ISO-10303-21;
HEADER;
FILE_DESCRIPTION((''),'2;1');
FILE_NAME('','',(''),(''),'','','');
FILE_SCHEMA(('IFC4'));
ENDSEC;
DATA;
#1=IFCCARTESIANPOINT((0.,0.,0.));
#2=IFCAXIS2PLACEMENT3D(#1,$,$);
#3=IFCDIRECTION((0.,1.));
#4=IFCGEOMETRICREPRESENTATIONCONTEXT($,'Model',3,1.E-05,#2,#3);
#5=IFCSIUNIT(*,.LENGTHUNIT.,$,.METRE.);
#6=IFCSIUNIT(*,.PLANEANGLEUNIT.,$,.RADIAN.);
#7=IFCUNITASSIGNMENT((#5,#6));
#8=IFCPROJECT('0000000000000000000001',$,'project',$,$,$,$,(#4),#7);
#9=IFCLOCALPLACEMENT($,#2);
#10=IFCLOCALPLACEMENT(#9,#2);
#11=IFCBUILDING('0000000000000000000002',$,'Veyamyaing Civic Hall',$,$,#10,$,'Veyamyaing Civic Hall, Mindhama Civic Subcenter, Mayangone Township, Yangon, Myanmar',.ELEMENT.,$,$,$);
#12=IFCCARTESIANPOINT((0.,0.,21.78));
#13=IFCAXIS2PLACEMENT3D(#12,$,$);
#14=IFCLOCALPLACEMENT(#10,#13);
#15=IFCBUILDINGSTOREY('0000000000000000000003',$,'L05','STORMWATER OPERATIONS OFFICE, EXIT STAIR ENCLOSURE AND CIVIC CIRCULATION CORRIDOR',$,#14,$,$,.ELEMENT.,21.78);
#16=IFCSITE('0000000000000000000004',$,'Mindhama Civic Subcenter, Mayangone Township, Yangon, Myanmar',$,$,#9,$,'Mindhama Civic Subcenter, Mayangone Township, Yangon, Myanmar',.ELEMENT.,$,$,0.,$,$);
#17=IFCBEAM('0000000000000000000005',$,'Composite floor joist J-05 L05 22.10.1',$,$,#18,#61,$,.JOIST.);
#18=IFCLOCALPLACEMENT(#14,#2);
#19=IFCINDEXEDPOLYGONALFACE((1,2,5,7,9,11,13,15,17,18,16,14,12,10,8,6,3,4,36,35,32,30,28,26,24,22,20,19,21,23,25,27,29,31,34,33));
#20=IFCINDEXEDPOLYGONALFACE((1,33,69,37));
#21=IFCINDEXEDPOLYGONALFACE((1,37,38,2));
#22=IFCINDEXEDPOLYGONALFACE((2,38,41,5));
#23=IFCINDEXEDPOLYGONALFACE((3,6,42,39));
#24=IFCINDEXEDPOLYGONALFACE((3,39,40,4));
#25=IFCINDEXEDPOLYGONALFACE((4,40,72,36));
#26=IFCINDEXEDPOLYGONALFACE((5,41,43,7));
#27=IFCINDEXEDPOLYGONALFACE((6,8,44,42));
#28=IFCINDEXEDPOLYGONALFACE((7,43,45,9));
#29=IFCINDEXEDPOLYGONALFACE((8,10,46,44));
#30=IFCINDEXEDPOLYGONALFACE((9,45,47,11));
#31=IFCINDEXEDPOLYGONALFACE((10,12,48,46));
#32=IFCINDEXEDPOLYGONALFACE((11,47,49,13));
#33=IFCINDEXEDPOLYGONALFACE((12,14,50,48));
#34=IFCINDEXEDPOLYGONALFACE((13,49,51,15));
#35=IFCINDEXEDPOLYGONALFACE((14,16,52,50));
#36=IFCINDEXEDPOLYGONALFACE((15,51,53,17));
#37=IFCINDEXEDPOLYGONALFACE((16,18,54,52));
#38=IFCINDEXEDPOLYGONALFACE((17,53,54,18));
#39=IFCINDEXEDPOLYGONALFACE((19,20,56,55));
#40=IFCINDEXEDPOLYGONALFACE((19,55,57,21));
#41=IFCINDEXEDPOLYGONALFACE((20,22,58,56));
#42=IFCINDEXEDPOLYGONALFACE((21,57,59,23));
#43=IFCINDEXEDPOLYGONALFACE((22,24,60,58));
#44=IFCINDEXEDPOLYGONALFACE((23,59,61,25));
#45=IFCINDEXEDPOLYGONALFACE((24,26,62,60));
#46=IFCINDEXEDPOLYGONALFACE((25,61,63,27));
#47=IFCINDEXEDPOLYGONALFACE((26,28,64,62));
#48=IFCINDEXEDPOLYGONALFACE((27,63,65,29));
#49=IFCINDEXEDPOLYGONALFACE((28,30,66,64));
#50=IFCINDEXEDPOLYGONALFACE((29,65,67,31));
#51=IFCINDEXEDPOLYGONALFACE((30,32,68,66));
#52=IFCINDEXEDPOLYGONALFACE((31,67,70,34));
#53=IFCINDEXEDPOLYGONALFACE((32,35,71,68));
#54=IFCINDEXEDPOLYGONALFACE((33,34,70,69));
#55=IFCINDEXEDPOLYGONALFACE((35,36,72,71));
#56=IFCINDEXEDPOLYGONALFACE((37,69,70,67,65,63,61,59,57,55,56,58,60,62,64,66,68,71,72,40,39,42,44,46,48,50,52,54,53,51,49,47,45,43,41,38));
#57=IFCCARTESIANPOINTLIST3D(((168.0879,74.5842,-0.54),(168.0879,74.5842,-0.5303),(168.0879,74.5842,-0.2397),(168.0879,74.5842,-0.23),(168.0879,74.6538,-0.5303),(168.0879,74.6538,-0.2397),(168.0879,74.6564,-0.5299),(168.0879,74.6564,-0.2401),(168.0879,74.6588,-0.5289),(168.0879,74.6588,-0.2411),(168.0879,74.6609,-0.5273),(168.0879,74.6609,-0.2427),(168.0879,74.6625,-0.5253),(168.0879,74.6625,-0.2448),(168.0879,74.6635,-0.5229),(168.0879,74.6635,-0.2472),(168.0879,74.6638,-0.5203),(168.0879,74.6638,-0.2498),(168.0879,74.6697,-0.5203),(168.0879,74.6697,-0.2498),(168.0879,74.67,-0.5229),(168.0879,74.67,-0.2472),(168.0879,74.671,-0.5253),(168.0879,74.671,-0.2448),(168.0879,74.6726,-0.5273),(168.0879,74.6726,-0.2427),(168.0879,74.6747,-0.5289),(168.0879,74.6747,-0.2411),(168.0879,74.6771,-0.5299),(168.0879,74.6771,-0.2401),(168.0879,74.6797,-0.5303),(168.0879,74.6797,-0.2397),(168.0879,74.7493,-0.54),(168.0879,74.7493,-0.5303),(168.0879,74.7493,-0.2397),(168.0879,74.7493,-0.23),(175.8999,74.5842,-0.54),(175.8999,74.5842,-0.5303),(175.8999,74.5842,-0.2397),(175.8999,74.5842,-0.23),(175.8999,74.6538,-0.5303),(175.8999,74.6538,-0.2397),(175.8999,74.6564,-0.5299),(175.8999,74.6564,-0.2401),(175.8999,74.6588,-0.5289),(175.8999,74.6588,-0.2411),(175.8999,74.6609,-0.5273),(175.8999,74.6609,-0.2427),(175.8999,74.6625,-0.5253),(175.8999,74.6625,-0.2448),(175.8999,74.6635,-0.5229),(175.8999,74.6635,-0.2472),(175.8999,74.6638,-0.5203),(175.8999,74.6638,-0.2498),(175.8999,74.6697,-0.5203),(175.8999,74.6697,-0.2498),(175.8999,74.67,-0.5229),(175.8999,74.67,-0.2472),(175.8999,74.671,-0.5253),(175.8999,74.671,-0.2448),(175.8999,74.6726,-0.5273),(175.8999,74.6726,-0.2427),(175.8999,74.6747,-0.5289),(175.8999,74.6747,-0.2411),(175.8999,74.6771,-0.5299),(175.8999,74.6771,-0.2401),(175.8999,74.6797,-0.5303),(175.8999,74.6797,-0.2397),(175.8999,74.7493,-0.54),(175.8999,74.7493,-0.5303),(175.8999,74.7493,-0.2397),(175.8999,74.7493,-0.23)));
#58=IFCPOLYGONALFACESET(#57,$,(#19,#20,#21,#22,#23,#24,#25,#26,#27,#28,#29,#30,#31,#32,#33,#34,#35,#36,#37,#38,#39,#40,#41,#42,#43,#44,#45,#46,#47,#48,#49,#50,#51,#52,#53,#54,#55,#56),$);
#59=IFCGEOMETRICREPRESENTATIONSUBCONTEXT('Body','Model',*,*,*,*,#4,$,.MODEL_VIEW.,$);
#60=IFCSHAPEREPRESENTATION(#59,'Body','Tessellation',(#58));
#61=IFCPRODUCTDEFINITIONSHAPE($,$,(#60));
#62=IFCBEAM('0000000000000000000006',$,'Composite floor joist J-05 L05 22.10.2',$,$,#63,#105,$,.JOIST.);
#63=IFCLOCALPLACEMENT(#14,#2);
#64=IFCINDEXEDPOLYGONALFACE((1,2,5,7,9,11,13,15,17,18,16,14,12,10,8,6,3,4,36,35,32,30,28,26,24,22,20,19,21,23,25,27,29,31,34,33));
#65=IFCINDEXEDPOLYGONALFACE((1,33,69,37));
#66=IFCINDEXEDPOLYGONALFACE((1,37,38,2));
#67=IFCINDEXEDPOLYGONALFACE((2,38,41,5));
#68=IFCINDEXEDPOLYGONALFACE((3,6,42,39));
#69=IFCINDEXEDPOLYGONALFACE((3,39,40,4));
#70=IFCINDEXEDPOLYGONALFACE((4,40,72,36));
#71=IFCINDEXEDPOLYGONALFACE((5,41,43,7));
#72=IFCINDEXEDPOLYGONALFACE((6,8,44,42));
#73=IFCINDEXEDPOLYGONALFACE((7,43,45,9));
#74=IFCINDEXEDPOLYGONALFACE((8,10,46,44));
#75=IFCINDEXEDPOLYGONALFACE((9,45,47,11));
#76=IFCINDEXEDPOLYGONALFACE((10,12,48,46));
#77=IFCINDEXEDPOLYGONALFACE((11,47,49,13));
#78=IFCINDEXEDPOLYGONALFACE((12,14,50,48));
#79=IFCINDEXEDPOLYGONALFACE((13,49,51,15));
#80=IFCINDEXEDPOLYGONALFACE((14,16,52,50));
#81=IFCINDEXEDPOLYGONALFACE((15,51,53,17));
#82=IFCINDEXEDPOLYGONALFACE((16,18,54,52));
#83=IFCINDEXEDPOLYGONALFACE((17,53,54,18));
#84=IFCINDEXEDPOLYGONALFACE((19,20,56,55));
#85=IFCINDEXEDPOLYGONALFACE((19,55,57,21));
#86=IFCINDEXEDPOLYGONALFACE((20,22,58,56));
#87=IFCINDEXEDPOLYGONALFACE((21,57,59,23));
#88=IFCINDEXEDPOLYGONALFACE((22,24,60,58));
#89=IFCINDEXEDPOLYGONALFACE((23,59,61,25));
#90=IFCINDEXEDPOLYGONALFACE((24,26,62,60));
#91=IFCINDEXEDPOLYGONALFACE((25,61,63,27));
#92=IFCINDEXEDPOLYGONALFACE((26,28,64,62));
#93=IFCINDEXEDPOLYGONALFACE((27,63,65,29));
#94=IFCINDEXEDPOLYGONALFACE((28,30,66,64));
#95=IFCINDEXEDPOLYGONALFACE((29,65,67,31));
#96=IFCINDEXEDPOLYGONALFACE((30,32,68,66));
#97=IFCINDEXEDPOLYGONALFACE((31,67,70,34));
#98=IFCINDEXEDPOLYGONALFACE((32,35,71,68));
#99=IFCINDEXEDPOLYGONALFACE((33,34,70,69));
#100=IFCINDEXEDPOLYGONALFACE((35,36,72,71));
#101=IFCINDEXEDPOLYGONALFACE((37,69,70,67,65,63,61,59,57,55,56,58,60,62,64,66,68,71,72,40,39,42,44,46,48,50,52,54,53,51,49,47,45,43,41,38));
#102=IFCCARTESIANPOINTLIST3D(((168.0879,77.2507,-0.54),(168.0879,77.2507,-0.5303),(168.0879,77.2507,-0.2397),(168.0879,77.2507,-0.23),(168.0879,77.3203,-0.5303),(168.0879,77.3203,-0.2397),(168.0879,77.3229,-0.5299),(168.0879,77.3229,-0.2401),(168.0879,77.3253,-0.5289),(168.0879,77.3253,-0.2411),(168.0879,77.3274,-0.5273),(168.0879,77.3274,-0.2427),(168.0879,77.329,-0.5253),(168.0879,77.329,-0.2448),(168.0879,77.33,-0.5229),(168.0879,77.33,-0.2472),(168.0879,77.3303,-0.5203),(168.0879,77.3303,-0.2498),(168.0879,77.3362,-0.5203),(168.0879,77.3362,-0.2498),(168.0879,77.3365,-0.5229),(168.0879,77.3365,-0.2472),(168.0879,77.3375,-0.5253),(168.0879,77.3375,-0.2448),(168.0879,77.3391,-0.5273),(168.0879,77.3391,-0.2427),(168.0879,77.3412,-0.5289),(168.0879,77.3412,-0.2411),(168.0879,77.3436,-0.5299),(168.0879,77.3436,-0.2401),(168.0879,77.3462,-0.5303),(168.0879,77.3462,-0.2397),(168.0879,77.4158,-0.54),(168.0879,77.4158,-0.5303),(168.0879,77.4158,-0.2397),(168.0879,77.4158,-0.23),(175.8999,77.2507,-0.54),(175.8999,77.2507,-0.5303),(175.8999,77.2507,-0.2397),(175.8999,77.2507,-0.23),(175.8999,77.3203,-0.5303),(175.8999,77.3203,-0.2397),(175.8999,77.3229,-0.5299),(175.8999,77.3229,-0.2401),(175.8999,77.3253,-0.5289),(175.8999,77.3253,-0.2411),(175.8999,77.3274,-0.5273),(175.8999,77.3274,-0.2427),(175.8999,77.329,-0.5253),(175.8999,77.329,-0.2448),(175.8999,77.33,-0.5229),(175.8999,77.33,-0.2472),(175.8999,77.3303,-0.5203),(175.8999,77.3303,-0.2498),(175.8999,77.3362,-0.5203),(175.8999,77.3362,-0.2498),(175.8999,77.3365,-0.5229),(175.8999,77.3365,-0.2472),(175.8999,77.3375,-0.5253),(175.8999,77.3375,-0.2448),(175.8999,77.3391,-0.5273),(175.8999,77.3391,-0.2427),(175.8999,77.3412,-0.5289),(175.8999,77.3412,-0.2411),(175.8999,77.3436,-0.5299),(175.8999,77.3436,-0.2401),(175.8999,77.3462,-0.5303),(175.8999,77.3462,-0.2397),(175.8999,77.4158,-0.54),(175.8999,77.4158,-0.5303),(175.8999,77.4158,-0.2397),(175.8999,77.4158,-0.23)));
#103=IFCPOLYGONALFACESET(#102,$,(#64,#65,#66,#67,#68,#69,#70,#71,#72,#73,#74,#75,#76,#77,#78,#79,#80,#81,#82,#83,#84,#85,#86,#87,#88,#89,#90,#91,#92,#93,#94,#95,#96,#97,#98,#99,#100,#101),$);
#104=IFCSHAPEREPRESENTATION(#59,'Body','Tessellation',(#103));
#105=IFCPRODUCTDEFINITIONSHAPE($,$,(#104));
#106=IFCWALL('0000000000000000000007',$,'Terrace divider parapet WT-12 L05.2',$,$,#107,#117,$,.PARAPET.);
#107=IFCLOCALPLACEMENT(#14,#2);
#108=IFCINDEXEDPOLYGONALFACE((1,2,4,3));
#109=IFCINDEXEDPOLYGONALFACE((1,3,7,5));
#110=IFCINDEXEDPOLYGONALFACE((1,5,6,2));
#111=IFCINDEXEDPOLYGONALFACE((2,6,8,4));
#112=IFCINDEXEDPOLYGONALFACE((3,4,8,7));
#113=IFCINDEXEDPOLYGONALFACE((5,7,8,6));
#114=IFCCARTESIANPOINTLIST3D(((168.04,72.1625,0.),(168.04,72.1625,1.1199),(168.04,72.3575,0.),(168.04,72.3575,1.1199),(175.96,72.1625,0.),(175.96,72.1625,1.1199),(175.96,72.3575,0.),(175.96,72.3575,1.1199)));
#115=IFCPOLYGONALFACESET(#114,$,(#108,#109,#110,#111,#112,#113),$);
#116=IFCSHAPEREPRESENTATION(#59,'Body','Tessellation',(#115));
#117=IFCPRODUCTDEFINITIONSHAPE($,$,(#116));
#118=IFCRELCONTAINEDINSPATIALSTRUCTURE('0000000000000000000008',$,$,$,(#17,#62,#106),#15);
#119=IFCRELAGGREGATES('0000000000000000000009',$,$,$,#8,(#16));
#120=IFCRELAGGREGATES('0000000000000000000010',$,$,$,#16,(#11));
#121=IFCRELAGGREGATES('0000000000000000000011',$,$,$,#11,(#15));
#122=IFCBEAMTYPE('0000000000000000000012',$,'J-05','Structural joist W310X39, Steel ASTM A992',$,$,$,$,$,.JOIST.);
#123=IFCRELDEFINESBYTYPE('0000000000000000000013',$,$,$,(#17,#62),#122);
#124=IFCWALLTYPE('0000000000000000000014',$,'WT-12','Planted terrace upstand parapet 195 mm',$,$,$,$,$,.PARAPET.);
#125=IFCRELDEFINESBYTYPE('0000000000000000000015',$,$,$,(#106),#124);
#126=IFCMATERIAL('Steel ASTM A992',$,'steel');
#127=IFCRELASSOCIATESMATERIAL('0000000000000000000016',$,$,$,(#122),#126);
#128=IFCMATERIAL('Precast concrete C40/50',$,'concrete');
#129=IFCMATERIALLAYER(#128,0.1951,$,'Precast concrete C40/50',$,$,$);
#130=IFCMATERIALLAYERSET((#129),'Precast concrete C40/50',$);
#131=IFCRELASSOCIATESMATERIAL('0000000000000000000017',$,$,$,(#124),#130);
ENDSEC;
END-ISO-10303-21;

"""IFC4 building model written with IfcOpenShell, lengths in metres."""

from ifc_helpers import new_model, si_unit, direction, frame, frame_2d, origin, origin_2d, place, context, subcontext, project, spatial, rectangle, i_section, extrude, material, layer, layer_set, material_profile, profile_set, type_object, element, save


model = new_model("IFC4")

# Units and contexts
model_context = context("Model", 3, precision=1e-05, world=origin(), true_north=direction((0.0, 1.0)))
body_context = subcontext(model_context, "Body", "Model", "MODEL_VIEW")
ifc_project = project(units=[si_unit("LENGTHUNIT", "METRE"), si_unit("PLANEANGLEUNIT", "RADIAN")], contexts=[model_context])

# Site, building, storey
site_placement = place(None, origin())
site = spatial("IfcSite", under=ifc_project, at=site_placement, Name="Mindhama Civic Subcenter, Mayangone Township, Yangon, Myanmar", LongName="Mindhama Civic Subcenter, Mayangone Township, Yangon, Myanmar", CompositionType="ELEMENT", RefElevation=0.0)
building_placement = place(site_placement, origin())
building = spatial("IfcBuilding", under=site, at=building_placement, Name="Veyamyaing Civic Hall", LongName="Veyamyaing Civic Hall, Mindhama Civic Subcenter, Mayangone Township, Yangon, Myanmar", CompositionType="ELEMENT")
storey_placement = place(building_placement, frame((0.0, 0.0, 21.78)))
storey = spatial("IfcBuildingStorey", under=building, at=storey_placement, Name="L05", Description="STORMWATER OPERATIONS OFFICE, EXIT STAIR ENCLOSURE AND CIVIC CIRCULATION CORRIDOR", CompositionType="ELEMENT", Elevation=21.78)

# Beams
ifc_material_1 = material(Name="Steel ASTM A992", Category="steel")
ifc_material_profile_1 = material_profile(ifc_material_1, i_section(OverallWidth=0.165, OverallDepth=0.3101, WebThickness=0.0059, FlangeThickness=0.0098, FilletRadius=0.01, at=origin_2d()), Name="W310X39")
ifc_profile_set_1 = profile_set([ifc_material_profile_1], Name="Steel ASTM A992")
beam_type_1 = type_object("IfcBeamType", Name="J-05", Description="Structural joist W310X39, Steel ASTM A992", PredefinedType="JOIST", material=ifc_profile_set_1)
for number, where, z_axis, x_axis, name in (
    (1, (168.0879, 74.6667, -0.385), (1.0, 0.0, 0.0), (0.0, 1.0, 0.0), "Composite floor joist J-05 L05 22.10.1"),
    (2, (168.0879, 77.3333, -0.385), (1.0, 0.0, 0.0), (0.0, 1.0, 0.0), "Composite floor joist J-05 L05 22.10.2"),
):
    element("IfcBeam", number, at=place(storey_placement, frame(where, z_axis=z_axis, x_axis=x_axis)), inside=storey, type_object=beam_type_1, Name=name, PredefinedType="JOIST", context=body_context, shape_type="SweptSolid", body=[
        extrude(i_section(OverallWidth=0.165, OverallDepth=0.3101, WebThickness=0.0059, FlangeThickness=0.0098, FilletRadius=0.01, at=origin_2d()), origin(), (0.0, 0.0, 1.0), 7.812),
    ])

# Wall
ifc_material_2 = material(Name="Precast concrete C40/50", Category="concrete")
ifc_layer = layer(ifc_material_2, 0.1951, Name="Precast concrete C40/50")
ifc_layer_set = layer_set([ifc_layer], Name="Precast concrete C40/50")
wall_type = type_object("IfcWallType", Name="WT-12", Description="Planted terrace upstand parapet 195 mm", PredefinedType="PARAPET", material=ifc_layer_set)
wall_placement = place(storey_placement, frame((168.04, 72.26, 0.0), z_axis=(0.0, 0.0, 1.0), x_axis=(1.0, 0.0, 0.0)))
element("IfcWall", 3, at=wall_placement, inside=storey, type_object=wall_type, Name="Terrace divider parapet WT-12 L05.2", PredefinedType="PARAPET", context=body_context, shape_type="SweptSolid", body=[
    extrude(rectangle(XDim=7.9199, YDim=0.1951, at=frame_2d((3.96, 0.0))), origin(), (0.0, 0.0, 1.0), 1.1199),
])

save(model, "model.ifc")
